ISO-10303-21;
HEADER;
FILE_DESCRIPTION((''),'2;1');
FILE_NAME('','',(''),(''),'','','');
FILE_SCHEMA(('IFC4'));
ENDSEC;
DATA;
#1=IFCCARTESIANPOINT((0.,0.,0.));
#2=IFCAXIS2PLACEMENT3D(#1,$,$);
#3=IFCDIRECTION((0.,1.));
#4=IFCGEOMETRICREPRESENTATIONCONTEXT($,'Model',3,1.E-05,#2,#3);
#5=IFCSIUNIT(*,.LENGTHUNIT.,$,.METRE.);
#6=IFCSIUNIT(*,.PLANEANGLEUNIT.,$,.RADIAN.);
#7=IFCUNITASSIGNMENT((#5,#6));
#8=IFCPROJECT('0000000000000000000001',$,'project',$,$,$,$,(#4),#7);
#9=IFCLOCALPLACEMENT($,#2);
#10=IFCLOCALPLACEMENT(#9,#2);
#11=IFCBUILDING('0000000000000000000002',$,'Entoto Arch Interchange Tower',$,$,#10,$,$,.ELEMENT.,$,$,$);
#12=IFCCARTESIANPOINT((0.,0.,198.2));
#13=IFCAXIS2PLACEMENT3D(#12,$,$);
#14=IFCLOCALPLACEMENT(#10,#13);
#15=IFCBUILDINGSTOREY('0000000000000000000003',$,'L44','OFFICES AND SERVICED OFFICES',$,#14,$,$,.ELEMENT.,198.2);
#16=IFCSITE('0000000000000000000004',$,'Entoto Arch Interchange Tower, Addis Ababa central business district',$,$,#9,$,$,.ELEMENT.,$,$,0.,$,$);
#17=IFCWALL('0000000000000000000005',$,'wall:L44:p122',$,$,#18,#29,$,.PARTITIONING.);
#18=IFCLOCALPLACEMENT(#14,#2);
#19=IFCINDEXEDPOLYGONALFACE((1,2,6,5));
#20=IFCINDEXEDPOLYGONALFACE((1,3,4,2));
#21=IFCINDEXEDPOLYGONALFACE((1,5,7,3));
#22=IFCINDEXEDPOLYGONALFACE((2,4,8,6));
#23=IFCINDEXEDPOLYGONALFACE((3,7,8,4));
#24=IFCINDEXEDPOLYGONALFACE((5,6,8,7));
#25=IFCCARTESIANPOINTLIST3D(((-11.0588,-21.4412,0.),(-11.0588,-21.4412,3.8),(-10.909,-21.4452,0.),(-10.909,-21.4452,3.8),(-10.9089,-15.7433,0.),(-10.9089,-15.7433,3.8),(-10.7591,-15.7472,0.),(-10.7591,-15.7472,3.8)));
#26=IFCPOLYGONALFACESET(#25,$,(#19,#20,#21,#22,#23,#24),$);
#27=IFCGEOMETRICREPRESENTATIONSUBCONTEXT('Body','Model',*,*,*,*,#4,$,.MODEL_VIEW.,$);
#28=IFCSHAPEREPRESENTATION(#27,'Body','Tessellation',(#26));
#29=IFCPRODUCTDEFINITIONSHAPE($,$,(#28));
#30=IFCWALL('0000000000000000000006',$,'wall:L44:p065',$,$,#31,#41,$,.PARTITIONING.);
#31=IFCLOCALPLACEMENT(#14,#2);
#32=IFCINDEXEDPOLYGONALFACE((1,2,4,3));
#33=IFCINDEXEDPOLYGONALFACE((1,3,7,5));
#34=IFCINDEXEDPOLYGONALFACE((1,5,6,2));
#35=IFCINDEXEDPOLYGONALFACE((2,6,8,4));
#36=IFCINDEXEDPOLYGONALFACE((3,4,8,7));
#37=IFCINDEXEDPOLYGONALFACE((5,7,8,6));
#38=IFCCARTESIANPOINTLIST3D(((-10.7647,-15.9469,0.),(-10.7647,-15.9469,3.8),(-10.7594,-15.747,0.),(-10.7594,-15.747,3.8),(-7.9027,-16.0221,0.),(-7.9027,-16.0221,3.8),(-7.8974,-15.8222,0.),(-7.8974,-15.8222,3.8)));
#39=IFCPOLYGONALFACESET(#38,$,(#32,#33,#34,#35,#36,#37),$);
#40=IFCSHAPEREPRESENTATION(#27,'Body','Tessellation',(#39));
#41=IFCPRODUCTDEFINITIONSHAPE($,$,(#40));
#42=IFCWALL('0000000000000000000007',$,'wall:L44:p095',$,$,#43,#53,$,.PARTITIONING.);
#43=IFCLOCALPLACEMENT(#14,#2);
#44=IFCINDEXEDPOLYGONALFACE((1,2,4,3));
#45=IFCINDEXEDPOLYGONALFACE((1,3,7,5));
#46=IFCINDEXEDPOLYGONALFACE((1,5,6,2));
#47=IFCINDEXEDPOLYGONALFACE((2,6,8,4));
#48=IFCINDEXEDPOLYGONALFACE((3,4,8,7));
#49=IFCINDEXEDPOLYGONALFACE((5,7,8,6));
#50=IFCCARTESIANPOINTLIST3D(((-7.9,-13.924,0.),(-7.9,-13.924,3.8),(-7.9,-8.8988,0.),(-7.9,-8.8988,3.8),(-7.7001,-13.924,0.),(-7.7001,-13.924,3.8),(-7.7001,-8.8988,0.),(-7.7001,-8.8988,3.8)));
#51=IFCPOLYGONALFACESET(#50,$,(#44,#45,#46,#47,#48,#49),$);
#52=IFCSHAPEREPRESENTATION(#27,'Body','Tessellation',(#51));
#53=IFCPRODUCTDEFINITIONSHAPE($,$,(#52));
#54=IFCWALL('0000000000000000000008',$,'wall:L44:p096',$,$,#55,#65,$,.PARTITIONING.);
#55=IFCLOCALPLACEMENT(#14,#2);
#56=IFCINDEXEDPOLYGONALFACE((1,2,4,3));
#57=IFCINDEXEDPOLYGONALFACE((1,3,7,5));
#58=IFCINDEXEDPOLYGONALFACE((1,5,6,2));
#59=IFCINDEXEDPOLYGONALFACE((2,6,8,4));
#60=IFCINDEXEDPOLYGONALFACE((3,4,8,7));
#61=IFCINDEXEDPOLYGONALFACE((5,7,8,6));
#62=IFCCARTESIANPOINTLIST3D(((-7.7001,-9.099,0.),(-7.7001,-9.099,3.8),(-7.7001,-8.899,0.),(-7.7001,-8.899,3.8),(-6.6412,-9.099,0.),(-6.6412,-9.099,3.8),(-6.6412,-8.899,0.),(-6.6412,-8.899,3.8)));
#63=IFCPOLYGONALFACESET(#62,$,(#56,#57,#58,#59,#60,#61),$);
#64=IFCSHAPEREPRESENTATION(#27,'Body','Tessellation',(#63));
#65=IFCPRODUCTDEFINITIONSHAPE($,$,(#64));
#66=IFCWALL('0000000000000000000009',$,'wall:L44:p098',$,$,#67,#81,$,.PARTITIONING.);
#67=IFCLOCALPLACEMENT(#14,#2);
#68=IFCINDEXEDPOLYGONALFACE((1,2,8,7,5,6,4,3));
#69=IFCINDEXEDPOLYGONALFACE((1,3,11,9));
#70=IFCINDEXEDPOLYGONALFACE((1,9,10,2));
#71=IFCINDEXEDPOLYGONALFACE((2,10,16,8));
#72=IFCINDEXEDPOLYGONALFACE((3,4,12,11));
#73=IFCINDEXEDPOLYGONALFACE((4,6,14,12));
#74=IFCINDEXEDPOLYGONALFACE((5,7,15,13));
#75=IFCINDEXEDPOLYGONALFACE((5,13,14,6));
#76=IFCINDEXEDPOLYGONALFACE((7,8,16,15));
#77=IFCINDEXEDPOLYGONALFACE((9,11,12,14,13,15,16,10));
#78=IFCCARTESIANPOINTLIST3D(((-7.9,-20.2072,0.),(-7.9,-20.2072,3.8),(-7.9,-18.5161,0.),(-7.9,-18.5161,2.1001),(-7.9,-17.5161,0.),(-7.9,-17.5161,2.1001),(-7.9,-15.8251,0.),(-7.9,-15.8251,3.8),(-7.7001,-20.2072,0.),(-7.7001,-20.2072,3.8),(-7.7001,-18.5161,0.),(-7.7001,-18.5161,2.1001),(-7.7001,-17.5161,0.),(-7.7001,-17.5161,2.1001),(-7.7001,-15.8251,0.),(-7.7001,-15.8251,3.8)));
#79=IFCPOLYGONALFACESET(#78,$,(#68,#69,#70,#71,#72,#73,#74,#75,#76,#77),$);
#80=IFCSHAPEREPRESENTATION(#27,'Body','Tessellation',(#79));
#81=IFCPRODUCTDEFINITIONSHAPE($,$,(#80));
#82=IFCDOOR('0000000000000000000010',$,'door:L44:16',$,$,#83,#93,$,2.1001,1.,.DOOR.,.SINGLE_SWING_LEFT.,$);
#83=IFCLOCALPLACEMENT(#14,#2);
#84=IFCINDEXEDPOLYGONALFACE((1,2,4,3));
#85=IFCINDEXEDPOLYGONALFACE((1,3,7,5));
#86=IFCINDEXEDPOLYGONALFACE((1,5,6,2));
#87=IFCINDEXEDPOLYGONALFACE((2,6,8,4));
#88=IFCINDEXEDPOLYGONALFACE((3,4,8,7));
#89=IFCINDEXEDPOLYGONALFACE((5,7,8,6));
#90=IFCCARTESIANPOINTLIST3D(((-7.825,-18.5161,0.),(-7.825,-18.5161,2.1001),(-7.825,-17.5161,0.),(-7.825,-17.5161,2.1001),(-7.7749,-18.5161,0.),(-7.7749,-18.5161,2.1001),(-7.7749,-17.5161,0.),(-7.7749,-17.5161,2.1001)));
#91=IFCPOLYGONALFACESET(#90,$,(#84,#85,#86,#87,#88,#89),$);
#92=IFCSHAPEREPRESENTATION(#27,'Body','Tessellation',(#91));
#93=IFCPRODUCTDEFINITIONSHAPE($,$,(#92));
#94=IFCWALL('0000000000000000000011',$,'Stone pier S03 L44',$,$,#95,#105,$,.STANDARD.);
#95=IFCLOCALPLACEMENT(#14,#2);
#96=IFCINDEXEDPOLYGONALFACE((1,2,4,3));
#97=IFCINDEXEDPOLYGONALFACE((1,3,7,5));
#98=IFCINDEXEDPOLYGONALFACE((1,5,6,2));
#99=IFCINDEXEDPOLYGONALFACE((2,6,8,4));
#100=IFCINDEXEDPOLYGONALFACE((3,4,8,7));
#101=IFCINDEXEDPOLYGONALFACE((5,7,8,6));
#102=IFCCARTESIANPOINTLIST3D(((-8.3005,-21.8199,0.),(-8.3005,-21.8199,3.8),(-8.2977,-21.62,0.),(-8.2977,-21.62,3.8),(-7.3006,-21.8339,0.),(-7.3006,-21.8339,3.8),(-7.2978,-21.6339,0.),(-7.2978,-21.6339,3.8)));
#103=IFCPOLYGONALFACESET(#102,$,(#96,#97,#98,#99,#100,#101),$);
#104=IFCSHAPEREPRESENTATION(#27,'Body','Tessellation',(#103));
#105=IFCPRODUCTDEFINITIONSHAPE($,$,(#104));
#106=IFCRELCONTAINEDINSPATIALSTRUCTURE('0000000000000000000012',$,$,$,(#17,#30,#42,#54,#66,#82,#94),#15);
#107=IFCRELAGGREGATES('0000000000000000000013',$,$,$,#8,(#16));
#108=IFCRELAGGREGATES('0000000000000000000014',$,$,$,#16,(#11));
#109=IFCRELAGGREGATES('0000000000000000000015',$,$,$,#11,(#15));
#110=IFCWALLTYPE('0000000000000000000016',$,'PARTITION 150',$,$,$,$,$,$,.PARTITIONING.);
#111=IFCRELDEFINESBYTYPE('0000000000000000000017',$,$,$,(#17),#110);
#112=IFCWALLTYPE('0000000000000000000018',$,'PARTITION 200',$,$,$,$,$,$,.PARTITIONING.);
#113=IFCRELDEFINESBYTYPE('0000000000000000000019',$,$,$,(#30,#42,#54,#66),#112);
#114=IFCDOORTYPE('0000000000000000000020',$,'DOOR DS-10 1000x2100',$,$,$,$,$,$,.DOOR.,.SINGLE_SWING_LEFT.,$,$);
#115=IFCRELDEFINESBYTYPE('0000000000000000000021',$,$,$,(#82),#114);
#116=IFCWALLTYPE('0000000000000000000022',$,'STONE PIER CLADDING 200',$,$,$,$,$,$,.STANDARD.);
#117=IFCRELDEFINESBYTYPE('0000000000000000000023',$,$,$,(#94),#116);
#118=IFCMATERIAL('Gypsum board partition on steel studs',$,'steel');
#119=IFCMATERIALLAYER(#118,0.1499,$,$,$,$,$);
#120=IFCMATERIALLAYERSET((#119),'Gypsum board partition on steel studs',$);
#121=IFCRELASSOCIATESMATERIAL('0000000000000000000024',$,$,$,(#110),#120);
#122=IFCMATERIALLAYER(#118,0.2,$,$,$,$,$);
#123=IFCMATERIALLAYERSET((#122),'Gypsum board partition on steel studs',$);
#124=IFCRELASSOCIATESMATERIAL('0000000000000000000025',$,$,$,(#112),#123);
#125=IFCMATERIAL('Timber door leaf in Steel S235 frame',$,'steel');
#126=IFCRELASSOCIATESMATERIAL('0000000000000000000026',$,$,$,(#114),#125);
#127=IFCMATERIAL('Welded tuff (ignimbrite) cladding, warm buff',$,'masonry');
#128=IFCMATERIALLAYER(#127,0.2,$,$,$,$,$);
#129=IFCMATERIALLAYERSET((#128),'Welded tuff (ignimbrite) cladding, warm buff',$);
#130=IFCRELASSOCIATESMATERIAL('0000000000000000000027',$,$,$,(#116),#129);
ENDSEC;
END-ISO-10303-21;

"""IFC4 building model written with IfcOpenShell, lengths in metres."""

from ifc_helpers import new_model, si_unit, direction, frame, frame_2d, origin, place, context, subcontext, project, spatial, rectangle, extrude, material, layer, layer_set, type_object, element, fill, save


model = new_model("IFC4")

# Units and contexts
model_context = context("Model", 3, precision=1e-05, world=origin(), true_north=direction((0.0, 1.0)))
body_context = subcontext(model_context, "Body", "Model", "MODEL_VIEW")
ifc_project = project(units=[si_unit("LENGTHUNIT", "METRE"), si_unit("PLANEANGLEUNIT", "RADIAN")], contexts=[model_context])

# Site, building, storey
site_placement = place(None, origin())
site = spatial("IfcSite", under=ifc_project, at=site_placement, Name="Entoto Arch Interchange Tower, Addis Ababa central business district", CompositionType="ELEMENT", RefElevation=0.0)
building_placement = place(site_placement, origin())
building = spatial("IfcBuilding", under=site, at=building_placement, Name="Entoto Arch Interchange Tower", CompositionType="ELEMENT")
storey_placement = place(building_placement, frame((0.0, 0.0, 198.2)))
storey = spatial("IfcBuildingStorey", under=building, at=storey_placement, Name="L44", Description="OFFICES AND SERVICED OFFICES", CompositionType="ELEMENT", Elevation=198.2)

# Walls
ifc_material_1 = material(Name="Gypsum board partition on steel studs", Category="steel")
ifc_layer_1 = layer(ifc_material_1, 0.1499)
ifc_layer_set_1 = layer_set([ifc_layer_1], Name="Gypsum board partition on steel studs")
wall_type_1 = type_object("IfcWallType", Name="PARTITION 150", PredefinedType="PARTITIONING", material=ifc_layer_set_1)
wall_1_placement = place(storey_placement, frame((-10.834, -15.7451, 0.0), z_axis=(0.0, 0.0, 1.0), x_axis=(-0.026299, -0.999654, 0.0)))
element("IfcWall", 1, at=wall_1_placement, inside=storey, type_object=wall_type_1, Name="wall:L44:p122", PredefinedType="PARTITIONING", context=body_context, shape_type="SweptSolid", body=[
    extrude(rectangle(XDim=5.7, YDim=0.1499, at=frame_2d((2.8501, 0.0))), origin(), (0.0, 0.0, 1.0), 3.8),
])
ifc_layer_2 = layer(ifc_material_1, 0.2)
ifc_layer_set_2 = layer_set([ifc_layer_2], Name="Gypsum board partition on steel studs")
wall_type_2 = type_object("IfcWallType", Name="PARTITION 200", PredefinedType="PARTITIONING", material=ifc_layer_set_2)
wall_2_placement = place(storey_placement, frame((-7.8999, -15.9221, 0.0), z_axis=(0.0, 0.0, 1.0), x_axis=(-0.999655, 0.026264, 0.0)))
element("IfcWall", 2, at=wall_2_placement, inside=storey, type_object=wall_type_2, Name="wall:L44:p065", PredefinedType="PARTITIONING", context=body_context, shape_type="SweptSolid", body=[
    extrude(rectangle(XDim=2.863, YDim=0.2, at=frame_2d((1.4316, 0.0))), origin(), (0.0, 0.0, 1.0), 3.8),
])
wall_3_placement = place(storey_placement, frame((-7.8, -13.9241, 0.0), z_axis=(0.0, 0.0, 1.0), x_axis=(0.0, 1.0, 0.0)))
element("IfcWall", 3, at=wall_3_placement, inside=storey, type_object=wall_type_2, Name="wall:L44:p095", PredefinedType="PARTITIONING", context=body_context, shape_type="SweptSolid", body=[
    extrude(rectangle(XDim=5.0251, YDim=0.2, at=frame_2d((2.5127, 0.0))), origin(), (0.0, 0.0, 1.0), 3.8),
])
wall_4_placement = place(storey_placement, frame((-7.7, -8.999, 0.0), z_axis=(0.0, 0.0, 1.0), x_axis=(1.0, 0.0, 0.0)))
element("IfcWall", 4, at=wall_4_placement, inside=storey, type_object=wall_type_2, Name="wall:L44:p096", PredefinedType="PARTITIONING", context=body_context, shape_type="SweptSolid", body=[
    extrude(rectangle(XDim=1.0588, YDim=0.2, at=frame_2d((0.5293, 0.0))), origin(), (0.0, 0.0, 1.0), 3.8),
])

# Wall, opening, door
wall_5_placement = place(storey_placement, frame((-7.8, -20.207, 0.0), z_axis=(0.0, 0.0, 1.0), x_axis=(0.0, 1.0, 0.0)))
wall_5 = element("IfcWall", 5, at=wall_5_placement, inside=storey, type_object=wall_type_2, Name="wall:L44:p098", PredefinedType="PARTITIONING", context=body_context, shape_type="SweptSolid", body=[
    extrude(rectangle(XDim=4.3821, YDim=0.2, at=frame_2d((2.1909, 0.0))), origin(), (0.0, 0.0, 1.0), 3.8),
])
opening_placement = place(wall_5_placement, frame((1.6909, 0.0, 0.0)))
opening = element("IfcOpeningElement", 6, at=opening_placement, cuts=wall_5, PredefinedType="OPENING", context=body_context, shape_type="SweptSolid", body=[
    extrude(rectangle(XDim=1.0, YDim=2.1001, at=frame_2d((0.5, 1.05))), frame((0.0, 0.1099, 0.0), z_axis=(0.0, -1.0, 0.0), x_axis=(1.0, 0.0, 0.0)), (0.0, 0.0, 1.0), 0.22),
])
ifc_material_2 = material(Name="Timber door leaf in Steel S235 frame", Category="steel")
door_type = type_object("IfcDoorType", Name="DOOR DS-10 1000x2100", OperationType="SINGLE_SWING_LEFT", PredefinedType="DOOR", material=ifc_material_2)
door_placement = place(opening_placement, origin())
door = element("IfcDoor", 7, at=door_placement, inside=storey, type_object=door_type, Name="door:L44:16", OperationType="SINGLE_SWING_LEFT", OverallHeight=2.1001, OverallWidth=1.0, PredefinedType="DOOR", context=body_context, shape_type="SweptSolid", body=[
    extrude(rectangle(XDim=1.0, YDim=2.1001, at=frame_2d((0.5, 1.05))), frame((0.0, 0.0249, 0.0), z_axis=(0.0, -1.0, 0.0), x_axis=(1.0, 0.0, 0.0)), (0.0, 0.0, 1.0), 0.05),
])
fill(opening, door)

# Wall
ifc_material_3 = material(Name="Welded tuff (ignimbrite) cladding, warm buff", Category="masonry")
ifc_layer_3 = layer(ifc_material_3, 0.2)
ifc_layer_set_3 = layer_set([ifc_layer_3], Name="Welded tuff (ignimbrite) cladding, warm buff")
wall_type_3 = type_object("IfcWallType", Name="STONE PIER CLADDING 200", PredefinedType="STANDARD", material=ifc_layer_set_3)
wall_6_placement = place(storey_placement, frame((-8.2991, -21.72, 0.0), z_axis=(0.0, 0.0, 1.0), x_axis=(0.999903, -0.013915, 0.0)))
element("IfcWall", 8, at=wall_6_placement, inside=storey, type_object=wall_type_3, Name="Stone pier S03 L44", PredefinedType="STANDARD", context=body_context, shape_type="SweptSolid", body=[
    extrude(rectangle(XDim=1.0, YDim=0.2, at=frame_2d((0.5, 0.0))), origin(), (0.0, 0.0, 1.0), 3.8),
])

save(model, "model.ifc")
